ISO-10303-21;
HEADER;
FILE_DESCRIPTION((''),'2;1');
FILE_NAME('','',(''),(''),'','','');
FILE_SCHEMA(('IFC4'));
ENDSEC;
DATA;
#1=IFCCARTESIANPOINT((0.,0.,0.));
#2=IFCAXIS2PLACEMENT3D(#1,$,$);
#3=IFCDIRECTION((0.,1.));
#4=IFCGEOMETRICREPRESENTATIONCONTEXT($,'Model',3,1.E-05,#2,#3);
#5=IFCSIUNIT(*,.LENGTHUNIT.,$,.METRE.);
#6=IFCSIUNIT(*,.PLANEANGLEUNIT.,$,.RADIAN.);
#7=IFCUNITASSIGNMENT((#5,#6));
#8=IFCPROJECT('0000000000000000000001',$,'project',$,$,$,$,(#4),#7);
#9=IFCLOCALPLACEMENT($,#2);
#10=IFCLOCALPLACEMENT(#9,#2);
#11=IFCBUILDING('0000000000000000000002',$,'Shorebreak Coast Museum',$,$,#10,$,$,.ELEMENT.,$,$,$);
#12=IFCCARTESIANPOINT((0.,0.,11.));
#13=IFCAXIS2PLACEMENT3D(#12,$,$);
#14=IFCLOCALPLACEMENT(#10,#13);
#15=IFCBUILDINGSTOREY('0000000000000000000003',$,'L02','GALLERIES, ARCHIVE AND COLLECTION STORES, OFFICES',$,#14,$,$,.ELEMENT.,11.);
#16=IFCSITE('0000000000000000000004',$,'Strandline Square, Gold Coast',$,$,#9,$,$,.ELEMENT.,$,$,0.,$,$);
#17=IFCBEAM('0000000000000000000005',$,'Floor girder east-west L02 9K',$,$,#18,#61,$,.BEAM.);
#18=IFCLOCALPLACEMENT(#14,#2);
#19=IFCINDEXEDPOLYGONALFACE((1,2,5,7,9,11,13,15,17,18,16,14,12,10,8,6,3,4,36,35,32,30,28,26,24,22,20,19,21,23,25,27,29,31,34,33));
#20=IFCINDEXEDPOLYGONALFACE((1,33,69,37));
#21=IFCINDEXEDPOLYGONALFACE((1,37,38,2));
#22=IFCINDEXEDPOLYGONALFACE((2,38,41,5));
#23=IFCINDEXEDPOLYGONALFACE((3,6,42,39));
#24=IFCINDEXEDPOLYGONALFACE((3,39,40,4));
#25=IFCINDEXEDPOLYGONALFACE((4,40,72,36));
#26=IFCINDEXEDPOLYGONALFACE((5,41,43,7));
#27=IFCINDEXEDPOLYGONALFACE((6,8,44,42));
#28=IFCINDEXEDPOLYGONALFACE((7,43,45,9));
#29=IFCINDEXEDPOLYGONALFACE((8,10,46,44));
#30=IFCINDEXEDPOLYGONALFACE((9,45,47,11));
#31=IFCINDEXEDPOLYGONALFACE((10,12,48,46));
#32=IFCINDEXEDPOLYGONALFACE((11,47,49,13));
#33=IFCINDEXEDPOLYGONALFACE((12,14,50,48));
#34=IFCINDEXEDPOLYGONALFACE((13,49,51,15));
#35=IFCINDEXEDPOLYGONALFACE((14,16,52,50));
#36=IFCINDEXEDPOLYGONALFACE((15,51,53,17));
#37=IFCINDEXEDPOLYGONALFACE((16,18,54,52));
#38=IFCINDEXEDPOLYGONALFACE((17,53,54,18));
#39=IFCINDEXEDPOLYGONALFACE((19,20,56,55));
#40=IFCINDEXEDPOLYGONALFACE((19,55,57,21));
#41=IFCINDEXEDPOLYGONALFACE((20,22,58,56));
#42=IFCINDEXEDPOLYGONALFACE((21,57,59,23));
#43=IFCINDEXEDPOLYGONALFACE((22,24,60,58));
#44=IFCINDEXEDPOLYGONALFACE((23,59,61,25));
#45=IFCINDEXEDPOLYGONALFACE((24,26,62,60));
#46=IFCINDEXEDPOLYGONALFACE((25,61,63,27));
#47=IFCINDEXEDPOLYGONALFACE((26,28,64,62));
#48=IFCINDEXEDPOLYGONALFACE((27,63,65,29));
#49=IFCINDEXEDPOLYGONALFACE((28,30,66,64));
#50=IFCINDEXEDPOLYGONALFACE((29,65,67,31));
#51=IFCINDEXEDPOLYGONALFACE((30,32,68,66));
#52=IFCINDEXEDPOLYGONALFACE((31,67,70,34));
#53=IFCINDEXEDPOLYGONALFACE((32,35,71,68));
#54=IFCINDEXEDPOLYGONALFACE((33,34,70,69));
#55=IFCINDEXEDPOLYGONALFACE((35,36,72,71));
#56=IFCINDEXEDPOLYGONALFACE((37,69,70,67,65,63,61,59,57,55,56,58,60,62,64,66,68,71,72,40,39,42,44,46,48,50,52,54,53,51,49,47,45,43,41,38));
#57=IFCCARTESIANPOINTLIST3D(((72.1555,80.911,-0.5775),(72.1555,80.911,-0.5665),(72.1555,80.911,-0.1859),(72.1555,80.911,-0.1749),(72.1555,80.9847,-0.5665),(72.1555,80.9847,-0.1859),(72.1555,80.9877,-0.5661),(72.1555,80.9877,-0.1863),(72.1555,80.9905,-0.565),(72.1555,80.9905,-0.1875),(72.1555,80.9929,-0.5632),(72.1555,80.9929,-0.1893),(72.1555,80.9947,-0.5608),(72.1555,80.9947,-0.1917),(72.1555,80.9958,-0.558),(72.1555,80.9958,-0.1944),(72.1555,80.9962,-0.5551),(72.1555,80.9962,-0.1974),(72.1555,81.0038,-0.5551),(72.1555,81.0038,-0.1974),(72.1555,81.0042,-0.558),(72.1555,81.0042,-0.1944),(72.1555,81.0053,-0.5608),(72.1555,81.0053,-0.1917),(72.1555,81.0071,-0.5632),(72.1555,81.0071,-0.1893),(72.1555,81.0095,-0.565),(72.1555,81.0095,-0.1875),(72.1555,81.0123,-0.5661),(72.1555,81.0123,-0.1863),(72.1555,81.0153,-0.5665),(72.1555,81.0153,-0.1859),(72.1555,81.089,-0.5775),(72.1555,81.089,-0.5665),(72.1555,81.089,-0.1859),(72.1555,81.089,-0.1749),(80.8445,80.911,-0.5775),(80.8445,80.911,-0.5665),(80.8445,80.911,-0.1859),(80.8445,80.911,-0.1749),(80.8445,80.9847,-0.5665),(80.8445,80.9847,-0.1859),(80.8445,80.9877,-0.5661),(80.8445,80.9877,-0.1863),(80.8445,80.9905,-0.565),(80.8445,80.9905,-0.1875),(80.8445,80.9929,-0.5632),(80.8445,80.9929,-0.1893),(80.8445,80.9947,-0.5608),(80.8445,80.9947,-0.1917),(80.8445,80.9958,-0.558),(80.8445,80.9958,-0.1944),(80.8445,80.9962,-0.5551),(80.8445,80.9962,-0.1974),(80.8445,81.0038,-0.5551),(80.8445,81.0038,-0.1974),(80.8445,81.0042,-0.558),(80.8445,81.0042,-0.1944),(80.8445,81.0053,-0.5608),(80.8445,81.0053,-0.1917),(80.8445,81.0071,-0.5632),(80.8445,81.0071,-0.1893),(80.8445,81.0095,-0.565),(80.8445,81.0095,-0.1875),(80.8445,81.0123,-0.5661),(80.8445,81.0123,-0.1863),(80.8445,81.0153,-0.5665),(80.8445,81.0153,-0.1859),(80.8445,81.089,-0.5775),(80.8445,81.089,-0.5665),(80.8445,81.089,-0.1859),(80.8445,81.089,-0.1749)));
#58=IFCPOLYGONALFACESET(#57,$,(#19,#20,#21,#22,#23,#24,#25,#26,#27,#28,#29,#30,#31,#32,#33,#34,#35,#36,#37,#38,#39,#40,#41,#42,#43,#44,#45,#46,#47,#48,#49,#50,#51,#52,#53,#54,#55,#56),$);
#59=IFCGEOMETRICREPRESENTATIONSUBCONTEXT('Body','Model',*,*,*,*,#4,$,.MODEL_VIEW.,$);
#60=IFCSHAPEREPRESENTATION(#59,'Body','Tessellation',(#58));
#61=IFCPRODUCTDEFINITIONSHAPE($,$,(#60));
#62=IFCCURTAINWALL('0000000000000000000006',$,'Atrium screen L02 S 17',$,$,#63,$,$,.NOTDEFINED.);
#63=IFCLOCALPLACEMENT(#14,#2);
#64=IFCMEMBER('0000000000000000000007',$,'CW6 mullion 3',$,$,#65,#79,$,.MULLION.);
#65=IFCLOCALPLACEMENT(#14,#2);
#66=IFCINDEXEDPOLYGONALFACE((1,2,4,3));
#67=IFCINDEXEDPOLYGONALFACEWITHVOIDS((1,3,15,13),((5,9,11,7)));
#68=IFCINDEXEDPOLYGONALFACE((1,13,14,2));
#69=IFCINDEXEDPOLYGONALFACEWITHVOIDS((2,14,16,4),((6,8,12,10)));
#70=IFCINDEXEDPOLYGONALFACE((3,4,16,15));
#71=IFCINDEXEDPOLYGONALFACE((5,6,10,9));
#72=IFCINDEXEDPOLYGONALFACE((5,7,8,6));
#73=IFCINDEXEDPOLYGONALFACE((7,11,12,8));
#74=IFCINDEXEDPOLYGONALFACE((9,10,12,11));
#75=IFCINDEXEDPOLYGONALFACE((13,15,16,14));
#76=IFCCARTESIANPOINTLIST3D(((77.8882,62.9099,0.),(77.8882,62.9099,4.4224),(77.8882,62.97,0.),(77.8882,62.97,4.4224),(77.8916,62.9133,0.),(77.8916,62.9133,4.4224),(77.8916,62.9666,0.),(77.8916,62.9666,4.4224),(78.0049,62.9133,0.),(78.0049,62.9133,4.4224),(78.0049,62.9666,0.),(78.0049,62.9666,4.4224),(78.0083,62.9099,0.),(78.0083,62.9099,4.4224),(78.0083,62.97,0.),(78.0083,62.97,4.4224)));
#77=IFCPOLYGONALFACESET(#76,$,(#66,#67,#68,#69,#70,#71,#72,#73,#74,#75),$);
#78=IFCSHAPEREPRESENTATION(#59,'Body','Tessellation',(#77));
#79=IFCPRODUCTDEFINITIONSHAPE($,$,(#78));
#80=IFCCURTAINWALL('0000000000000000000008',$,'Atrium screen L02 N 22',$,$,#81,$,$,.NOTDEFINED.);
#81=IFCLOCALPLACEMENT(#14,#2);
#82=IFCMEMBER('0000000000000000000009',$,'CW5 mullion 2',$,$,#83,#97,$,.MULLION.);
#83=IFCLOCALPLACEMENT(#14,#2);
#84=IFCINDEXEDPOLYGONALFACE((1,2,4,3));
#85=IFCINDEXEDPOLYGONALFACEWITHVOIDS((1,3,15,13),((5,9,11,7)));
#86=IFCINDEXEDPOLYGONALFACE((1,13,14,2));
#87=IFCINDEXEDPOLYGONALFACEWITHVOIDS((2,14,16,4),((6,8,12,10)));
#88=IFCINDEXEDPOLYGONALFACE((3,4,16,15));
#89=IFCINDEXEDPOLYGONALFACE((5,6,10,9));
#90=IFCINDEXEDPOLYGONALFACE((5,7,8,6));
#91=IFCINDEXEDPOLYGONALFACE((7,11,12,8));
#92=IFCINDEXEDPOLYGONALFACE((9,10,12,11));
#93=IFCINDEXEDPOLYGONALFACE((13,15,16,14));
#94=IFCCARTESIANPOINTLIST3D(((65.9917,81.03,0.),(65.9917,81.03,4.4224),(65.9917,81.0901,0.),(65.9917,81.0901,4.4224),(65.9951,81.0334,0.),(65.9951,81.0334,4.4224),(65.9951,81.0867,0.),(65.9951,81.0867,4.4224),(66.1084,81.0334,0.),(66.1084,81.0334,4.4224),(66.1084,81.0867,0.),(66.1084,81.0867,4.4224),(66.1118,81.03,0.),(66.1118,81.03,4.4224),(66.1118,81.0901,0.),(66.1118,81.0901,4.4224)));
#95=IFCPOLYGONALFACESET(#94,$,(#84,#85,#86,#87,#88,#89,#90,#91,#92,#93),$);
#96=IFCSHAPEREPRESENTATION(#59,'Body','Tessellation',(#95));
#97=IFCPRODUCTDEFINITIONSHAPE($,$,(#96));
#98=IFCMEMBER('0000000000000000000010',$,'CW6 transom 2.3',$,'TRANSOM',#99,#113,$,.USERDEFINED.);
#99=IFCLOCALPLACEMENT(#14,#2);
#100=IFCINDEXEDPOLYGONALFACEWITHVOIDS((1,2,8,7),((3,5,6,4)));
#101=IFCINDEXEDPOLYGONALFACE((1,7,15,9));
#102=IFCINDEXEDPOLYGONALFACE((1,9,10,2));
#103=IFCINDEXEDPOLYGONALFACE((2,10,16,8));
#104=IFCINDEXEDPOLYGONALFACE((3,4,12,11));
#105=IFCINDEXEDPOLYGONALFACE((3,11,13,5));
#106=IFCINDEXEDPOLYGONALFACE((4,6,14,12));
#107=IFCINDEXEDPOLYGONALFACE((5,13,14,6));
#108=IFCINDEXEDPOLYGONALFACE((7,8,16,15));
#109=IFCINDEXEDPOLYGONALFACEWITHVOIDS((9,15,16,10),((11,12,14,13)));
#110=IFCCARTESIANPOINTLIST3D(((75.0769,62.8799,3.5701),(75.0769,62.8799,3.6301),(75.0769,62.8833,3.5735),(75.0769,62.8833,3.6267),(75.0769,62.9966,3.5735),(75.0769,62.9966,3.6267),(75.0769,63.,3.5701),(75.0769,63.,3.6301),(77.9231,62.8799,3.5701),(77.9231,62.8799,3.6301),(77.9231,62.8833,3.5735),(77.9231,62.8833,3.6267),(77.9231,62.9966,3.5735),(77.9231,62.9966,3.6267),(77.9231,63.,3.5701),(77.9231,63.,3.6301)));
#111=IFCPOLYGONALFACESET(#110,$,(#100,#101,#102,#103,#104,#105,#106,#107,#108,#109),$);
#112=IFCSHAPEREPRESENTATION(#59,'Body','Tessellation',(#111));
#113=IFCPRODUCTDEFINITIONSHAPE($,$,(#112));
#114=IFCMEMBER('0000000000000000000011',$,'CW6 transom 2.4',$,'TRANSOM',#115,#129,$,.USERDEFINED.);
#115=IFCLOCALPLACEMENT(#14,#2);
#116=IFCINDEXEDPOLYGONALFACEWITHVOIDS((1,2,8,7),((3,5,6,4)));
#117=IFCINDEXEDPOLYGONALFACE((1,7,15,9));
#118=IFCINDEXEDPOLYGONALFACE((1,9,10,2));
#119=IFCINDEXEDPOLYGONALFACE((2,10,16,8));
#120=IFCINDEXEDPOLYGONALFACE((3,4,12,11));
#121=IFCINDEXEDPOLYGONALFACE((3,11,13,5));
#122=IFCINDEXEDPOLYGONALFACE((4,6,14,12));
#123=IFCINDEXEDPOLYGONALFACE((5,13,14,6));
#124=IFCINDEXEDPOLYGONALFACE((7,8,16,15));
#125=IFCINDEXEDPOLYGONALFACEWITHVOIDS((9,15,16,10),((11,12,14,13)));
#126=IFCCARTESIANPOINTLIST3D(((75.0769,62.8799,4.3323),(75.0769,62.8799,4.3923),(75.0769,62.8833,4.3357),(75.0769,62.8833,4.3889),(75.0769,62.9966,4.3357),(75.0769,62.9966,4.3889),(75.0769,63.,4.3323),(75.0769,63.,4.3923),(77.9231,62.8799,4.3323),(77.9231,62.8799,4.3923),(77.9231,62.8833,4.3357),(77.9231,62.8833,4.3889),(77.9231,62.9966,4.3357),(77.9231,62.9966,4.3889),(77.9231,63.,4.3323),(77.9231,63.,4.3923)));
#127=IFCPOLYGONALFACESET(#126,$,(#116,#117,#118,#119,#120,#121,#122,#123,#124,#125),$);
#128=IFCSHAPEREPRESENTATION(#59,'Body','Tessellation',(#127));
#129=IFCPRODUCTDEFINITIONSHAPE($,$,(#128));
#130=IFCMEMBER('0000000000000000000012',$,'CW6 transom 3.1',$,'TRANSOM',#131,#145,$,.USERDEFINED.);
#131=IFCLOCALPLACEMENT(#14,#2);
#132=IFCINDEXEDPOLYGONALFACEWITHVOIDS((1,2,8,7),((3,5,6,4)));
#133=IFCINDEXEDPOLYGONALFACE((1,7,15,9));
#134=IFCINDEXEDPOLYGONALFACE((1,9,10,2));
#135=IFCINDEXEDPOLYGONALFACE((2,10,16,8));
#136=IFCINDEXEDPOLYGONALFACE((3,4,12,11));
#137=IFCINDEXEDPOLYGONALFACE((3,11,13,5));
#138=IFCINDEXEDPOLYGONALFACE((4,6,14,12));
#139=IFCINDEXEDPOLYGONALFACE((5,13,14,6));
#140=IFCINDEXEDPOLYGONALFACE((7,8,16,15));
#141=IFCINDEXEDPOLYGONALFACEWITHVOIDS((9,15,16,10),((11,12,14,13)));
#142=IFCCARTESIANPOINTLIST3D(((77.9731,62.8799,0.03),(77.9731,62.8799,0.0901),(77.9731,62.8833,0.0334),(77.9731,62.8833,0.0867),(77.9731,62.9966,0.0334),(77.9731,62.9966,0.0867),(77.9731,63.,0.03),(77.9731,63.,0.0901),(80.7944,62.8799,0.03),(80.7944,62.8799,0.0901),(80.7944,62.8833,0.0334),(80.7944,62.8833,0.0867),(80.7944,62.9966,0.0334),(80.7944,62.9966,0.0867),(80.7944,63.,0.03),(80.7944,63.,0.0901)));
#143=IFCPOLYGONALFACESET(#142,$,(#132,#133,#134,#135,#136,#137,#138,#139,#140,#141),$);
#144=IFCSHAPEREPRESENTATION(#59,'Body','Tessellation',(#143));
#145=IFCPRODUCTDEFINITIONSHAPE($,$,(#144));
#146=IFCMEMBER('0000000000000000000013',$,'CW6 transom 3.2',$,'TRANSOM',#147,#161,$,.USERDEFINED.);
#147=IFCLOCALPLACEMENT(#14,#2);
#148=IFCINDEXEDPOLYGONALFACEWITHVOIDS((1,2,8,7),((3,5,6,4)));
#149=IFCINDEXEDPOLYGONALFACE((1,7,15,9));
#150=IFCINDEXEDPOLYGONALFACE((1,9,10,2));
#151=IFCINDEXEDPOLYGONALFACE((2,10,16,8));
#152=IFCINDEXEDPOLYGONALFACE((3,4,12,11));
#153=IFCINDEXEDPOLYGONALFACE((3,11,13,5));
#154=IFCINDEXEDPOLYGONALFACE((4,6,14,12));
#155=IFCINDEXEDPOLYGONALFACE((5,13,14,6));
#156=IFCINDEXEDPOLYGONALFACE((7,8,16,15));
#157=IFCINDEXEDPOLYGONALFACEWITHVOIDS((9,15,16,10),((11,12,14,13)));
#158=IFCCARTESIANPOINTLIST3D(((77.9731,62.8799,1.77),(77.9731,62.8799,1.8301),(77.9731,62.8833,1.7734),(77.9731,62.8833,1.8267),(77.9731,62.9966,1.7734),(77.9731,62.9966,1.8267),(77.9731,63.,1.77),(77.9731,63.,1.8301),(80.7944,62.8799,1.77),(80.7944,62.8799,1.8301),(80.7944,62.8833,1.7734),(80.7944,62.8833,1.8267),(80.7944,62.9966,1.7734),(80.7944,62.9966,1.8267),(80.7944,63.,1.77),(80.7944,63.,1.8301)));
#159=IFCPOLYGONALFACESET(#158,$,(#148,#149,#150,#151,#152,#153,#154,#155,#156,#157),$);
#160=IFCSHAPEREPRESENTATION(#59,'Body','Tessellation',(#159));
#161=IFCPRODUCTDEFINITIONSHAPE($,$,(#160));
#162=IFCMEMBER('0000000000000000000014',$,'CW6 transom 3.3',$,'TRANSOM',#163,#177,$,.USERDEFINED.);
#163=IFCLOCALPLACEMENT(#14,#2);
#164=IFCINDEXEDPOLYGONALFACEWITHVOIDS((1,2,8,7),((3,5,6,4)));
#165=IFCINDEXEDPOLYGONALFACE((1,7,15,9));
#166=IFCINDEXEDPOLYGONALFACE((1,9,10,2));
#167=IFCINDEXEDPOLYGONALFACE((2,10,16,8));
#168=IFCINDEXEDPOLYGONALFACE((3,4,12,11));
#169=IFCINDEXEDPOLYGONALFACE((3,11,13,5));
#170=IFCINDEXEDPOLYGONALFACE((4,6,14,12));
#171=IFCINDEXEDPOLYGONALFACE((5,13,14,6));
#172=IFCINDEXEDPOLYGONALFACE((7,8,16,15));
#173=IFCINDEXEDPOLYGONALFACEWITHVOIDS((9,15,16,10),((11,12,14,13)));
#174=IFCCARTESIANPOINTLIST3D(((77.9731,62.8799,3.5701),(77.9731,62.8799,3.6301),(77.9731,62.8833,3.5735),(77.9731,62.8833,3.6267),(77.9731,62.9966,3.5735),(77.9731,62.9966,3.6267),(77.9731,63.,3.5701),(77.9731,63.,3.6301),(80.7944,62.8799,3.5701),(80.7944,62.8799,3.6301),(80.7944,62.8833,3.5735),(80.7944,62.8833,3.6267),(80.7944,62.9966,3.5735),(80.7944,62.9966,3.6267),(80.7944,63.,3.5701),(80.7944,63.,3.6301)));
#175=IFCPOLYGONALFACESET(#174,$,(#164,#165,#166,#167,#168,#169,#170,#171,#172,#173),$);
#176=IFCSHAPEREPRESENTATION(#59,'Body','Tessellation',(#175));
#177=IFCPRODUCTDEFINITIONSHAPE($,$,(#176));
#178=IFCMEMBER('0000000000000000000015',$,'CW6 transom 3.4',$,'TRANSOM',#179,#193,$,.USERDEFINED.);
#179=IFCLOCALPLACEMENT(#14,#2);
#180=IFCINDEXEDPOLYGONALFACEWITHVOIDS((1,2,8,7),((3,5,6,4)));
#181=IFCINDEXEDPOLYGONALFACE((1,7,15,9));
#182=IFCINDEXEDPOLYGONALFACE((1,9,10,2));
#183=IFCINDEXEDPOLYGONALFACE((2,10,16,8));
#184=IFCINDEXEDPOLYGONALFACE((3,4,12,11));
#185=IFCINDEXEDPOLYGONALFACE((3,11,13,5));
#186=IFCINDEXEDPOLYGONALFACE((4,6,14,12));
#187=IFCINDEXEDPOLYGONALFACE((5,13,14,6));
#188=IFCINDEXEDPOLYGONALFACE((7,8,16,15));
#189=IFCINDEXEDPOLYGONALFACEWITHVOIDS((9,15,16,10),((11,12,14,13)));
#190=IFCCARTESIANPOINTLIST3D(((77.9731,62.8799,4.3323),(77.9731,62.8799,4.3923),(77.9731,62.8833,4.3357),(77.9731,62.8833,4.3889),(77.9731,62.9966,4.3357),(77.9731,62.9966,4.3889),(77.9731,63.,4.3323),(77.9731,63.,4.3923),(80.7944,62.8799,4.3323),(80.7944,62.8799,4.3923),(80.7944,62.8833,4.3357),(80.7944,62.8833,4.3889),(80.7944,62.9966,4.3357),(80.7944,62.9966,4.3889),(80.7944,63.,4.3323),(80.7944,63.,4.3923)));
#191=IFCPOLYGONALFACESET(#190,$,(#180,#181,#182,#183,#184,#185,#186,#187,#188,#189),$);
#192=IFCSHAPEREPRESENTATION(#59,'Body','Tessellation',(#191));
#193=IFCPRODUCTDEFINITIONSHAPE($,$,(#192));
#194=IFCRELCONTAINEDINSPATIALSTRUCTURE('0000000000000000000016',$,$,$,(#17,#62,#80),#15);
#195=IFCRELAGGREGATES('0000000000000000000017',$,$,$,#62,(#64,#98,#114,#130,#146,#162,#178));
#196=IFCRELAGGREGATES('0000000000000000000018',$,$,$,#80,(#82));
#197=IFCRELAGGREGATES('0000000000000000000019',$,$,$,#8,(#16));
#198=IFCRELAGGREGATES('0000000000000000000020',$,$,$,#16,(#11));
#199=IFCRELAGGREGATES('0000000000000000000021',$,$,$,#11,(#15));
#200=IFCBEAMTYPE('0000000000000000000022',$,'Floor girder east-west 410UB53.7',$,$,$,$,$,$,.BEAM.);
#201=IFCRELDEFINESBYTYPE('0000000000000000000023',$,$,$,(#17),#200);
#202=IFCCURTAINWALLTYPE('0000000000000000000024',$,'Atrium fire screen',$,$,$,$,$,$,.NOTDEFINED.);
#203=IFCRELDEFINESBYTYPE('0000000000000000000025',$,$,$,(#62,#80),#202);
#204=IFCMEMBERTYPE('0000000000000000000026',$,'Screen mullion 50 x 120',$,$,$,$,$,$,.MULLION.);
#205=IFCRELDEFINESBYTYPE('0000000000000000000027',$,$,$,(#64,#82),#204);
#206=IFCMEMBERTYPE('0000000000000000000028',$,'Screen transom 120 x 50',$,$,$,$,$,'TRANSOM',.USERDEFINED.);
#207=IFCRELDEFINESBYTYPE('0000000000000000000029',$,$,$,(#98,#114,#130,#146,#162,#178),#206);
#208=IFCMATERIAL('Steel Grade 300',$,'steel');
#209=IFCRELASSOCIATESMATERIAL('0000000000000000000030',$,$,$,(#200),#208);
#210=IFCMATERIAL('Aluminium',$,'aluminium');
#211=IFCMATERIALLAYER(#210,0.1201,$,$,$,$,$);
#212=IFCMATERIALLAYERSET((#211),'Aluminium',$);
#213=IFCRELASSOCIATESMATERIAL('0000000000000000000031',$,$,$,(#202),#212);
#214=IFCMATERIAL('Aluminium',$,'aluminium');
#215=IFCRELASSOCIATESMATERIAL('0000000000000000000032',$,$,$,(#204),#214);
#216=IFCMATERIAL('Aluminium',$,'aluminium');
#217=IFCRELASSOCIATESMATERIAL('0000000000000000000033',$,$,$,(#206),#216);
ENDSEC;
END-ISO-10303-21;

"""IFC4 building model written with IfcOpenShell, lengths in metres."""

from ifc_helpers import new_model, si_unit, direction, frame, origin, origin_2d, place, context, subcontext, project, spatial, hollow_rectangle, i_section, extrude, material, layer, layer_set, material_profile, profile_set, type_object, element, aggregate, save


model = new_model("IFC4")

# Units and contexts
model_context = context("Model", 3, precision=1e-05, world=origin(), true_north=direction((0.0, 1.0)))
body_context = subcontext(model_context, "Body", "Model", "MODEL_VIEW")
ifc_project = project(units=[si_unit("LENGTHUNIT", "METRE"), si_unit("PLANEANGLEUNIT", "RADIAN")], contexts=[model_context])

# Site, building, storey
site_placement = place(None, origin())
site = spatial("IfcSite", under=ifc_project, at=site_placement, Name="Strandline Square, Gold Coast", CompositionType="ELEMENT", RefElevation=0.0)
building_placement = place(site_placement, origin())
building = spatial("IfcBuilding", under=site, at=building_placement, Name="Shorebreak Coast Museum", CompositionType="ELEMENT")
storey_placement = place(building_placement, frame((0.0, 0.0, 11.0)))
storey = spatial("IfcBuildingStorey", under=building, at=storey_placement, Name="L02", Description="GALLERIES, ARCHIVE AND COLLECTION STORES, OFFICES", CompositionType="ELEMENT", Elevation=11.0)

# Beam
ifc_material_1 = material(Name="Steel Grade 300", Category="steel")
ifc_material_profile_1 = material_profile(ifc_material_1, i_section(OverallWidth=0.178, OverallDepth=0.4026, WebThickness=0.0076, FlangeThickness=0.011, FilletRadius=0.0115, at=origin_2d()), Name="410UB53.7")
ifc_profile_set_1 = profile_set([ifc_material_profile_1], Name="Steel Grade 300")
beam_type_1 = type_object("IfcBeamType", Name="Floor girder east-west 410UB53.7", PredefinedType="BEAM", material=ifc_profile_set_1)
for number, where, z_axis, x_axis, name in (
    (1, (72.1555, 81.0, -0.3762), (1.0, 0.0, 0.0), (0.0, 1.0, 0.0), "Floor girder east-west L02 9K"),
):
    element("IfcBeam", number, at=place(storey_placement, frame(where, z_axis=z_axis, x_axis=x_axis)), inside=storey, type_object=beam_type_1, Name=name, PredefinedType="BEAM", context=body_context, shape_type="SweptSolid", body=[
        extrude(i_section(OverallWidth=0.178, OverallDepth=0.4026, WebThickness=0.0076, FlangeThickness=0.011, FilletRadius=0.0115, at=origin_2d()), origin(), (0.0, 0.0, 1.0), 8.689),
    ])

# Curtain walls, members
ifc_material_2 = material(Name="Aluminium", Category="aluminium")
ifc_layer_1 = layer(ifc_material_2, 0.1201)
ifc_layer_set_1 = layer_set([ifc_layer_1], Name="Aluminium")
curtain_wall_type = type_object("IfcCurtainWallType", Name="Atrium fire screen", PredefinedType="NOTDEFINED", material=ifc_layer_set_1)
curtain_wall_1_placement = place(storey_placement, origin())
curtain_wall_1 = element("IfcCurtainWall", 2, at=curtain_wall_1_placement, inside=storey, type_object=curtain_wall_type, Name="Atrium screen L02 S 17", PredefinedType="NOTDEFINED")
ifc_material_3 = material(Name="Aluminium", Category="aluminium")
ifc_material_profile_2 = material_profile(ifc_material_3, hollow_rectangle(XDim=0.0601, YDim=0.1201, WallThickness=0.0034, at=origin_2d()), Name="AL 120x60 RHS")
ifc_profile_set_2 = profile_set([ifc_material_profile_2], Name="Aluminium")
member_type_1 = type_object("IfcMemberType", Name="Screen mullion 50 x 120", PredefinedType="MULLION", material=ifc_profile_set_2)
member_1_placement = place(storey_placement, frame((77.9482, 62.9399, 0.0), z_axis=(0.0, 0.0, 1.0), x_axis=(0.0, 1.0, 0.0)))
member_1 = element("IfcMember", 3, at=member_1_placement, type_object=member_type_1, Name="CW6 mullion 3", PredefinedType="MULLION", context=body_context, shape_type="SweptSolid", body=[
    extrude(hollow_rectangle(XDim=0.0601, YDim=0.1201, WallThickness=0.0034, at=origin_2d()), origin(), (0.0, 0.0, 1.0), 4.4224),
])
curtain_wall_2_placement = place(storey_placement, origin())
curtain_wall_2 = element("IfcCurtainWall", 4, at=curtain_wall_2_placement, inside=storey, type_object=curtain_wall_type, Name="Atrium screen L02 N 22", PredefinedType="NOTDEFINED")
member_2_placement = place(storey_placement, frame((66.0518, 81.0601, 0.0), z_axis=(0.0, 0.0, 1.0), x_axis=(0.0, 1.0, 0.0)))
member_2 = element("IfcMember", 5, at=member_2_placement, type_object=member_type_1, Name="CW5 mullion 2", PredefinedType="MULLION", context=body_context, shape_type="SweptSolid", body=[
    extrude(hollow_rectangle(XDim=0.0601, YDim=0.1201, WallThickness=0.0034, at=origin_2d()), origin(), (0.0, 0.0, 1.0), 4.4224),
])

# Members
ifc_material_4 = material(Name="Aluminium", Category="aluminium")
ifc_material_profile_3 = material_profile(ifc_material_4, hollow_rectangle(XDim=0.1201, YDim=0.0601, WallThickness=0.0034, at=origin_2d()), Name="AL 60x120 RHS")
ifc_profile_set_3 = profile_set([ifc_material_profile_3], Name="Aluminium")
member_type_2 = type_object("IfcMemberType", Name="Screen transom 120 x 50", ElementType="TRANSOM", PredefinedType="USERDEFINED", material=ifc_profile_set_3)
member_3_placement = place(storey_placement, frame((75.0769, 62.9399, 3.6001), z_axis=(1.0, 0.0, 0.0), x_axis=(0.0, 1.0, 0.0)))
member_3 = element("IfcMember", 6, at=member_3_placement, type_object=member_type_2, Name="CW6 transom 2.3", ObjectType="TRANSOM", PredefinedType="USERDEFINED", context=body_context, shape_type="SweptSolid", body=[
    extrude(hollow_rectangle(XDim=0.1201, YDim=0.0601, WallThickness=0.0034, at=origin_2d()), origin(), (0.0, 0.0, 1.0), 2.8462),
])
member_4_placement = place(storey_placement, frame((75.0769, 62.9399, 4.3623), z_axis=(1.0, 0.0, 0.0), x_axis=(0.0, 1.0, 0.0)))
member_4 = element("IfcMember", 7, at=member_4_placement, type_object=member_type_2, Name="CW6 transom 2.4", ObjectType="TRANSOM", PredefinedType="USERDEFINED", context=body_context, shape_type="SweptSolid", body=[
    extrude(hollow_rectangle(XDim=0.1201, YDim=0.0601, WallThickness=0.0034, at=origin_2d()), origin(), (0.0, 0.0, 1.0), 2.8462),
])
member_5_placement = place(storey_placement, frame((77.9731, 62.9399, 0.0601), z_axis=(1.0, 0.0, 0.0), x_axis=(0.0, 1.0, 0.0)))
member_5 = element("IfcMember", 8, at=member_5_placement, type_object=member_type_2, Name="CW6 transom 3.1", ObjectType="TRANSOM", PredefinedType="USERDEFINED", context=body_context, shape_type="SweptSolid", body=[
    extrude(hollow_rectangle(XDim=0.1201, YDim=0.0601, WallThickness=0.0034, at=origin_2d()), origin(), (0.0, 0.0, 1.0), 2.8213),
])
member_6_placement = place(storey_placement, frame((77.9731, 62.9399, 1.8), z_axis=(1.0, 0.0, 0.0), x_axis=(0.0, 1.0, 0.0)))
member_6 = element("IfcMember", 9, at=member_6_placement, type_object=member_type_2, Name="CW6 transom 3.2", ObjectType="TRANSOM", PredefinedType="USERDEFINED", context=body_context, shape_type="SweptSolid", body=[
    extrude(hollow_rectangle(XDim=0.1201, YDim=0.0601, WallThickness=0.0034, at=origin_2d()), origin(), (0.0, 0.0, 1.0), 2.8213),
])
member_7_placement = place(storey_placement, frame((77.9731, 62.9399, 3.6001), z_axis=(1.0, 0.0, 0.0), x_axis=(0.0, 1.0, 0.0)))
member_7 = element("IfcMember", 10, at=member_7_placement, type_object=member_type_2, Name="CW6 transom 3.3", ObjectType="TRANSOM", PredefinedType="USERDEFINED", context=body_context, shape_type="SweptSolid", body=[
    extrude(hollow_rectangle(XDim=0.1201, YDim=0.0601, WallThickness=0.0034, at=origin_2d()), origin(), (0.0, 0.0, 1.0), 2.8213),
])
member_8_placement = place(storey_placement, frame((77.9731, 62.9399, 4.3623), z_axis=(1.0, 0.0, 0.0), x_axis=(0.0, 1.0, 0.0)))
member_8 = element("IfcMember", 11, at=member_8_placement, type_object=member_type_2, Name="CW6 transom 3.4", ObjectType="TRANSOM", PredefinedType="USERDEFINED", context=body_context, shape_type="SweptSolid", body=[
    extrude(hollow_rectangle(XDim=0.1201, YDim=0.0601, WallThickness=0.0034, at=origin_2d()), origin(), (0.0, 0.0, 1.0), 2.8213),
])

aggregate(curtain_wall_1, [member_1, member_3, member_4, member_5, member_6, member_7, member_8])
aggregate(curtain_wall_2, [member_2])

save(model, "model.ifc")
